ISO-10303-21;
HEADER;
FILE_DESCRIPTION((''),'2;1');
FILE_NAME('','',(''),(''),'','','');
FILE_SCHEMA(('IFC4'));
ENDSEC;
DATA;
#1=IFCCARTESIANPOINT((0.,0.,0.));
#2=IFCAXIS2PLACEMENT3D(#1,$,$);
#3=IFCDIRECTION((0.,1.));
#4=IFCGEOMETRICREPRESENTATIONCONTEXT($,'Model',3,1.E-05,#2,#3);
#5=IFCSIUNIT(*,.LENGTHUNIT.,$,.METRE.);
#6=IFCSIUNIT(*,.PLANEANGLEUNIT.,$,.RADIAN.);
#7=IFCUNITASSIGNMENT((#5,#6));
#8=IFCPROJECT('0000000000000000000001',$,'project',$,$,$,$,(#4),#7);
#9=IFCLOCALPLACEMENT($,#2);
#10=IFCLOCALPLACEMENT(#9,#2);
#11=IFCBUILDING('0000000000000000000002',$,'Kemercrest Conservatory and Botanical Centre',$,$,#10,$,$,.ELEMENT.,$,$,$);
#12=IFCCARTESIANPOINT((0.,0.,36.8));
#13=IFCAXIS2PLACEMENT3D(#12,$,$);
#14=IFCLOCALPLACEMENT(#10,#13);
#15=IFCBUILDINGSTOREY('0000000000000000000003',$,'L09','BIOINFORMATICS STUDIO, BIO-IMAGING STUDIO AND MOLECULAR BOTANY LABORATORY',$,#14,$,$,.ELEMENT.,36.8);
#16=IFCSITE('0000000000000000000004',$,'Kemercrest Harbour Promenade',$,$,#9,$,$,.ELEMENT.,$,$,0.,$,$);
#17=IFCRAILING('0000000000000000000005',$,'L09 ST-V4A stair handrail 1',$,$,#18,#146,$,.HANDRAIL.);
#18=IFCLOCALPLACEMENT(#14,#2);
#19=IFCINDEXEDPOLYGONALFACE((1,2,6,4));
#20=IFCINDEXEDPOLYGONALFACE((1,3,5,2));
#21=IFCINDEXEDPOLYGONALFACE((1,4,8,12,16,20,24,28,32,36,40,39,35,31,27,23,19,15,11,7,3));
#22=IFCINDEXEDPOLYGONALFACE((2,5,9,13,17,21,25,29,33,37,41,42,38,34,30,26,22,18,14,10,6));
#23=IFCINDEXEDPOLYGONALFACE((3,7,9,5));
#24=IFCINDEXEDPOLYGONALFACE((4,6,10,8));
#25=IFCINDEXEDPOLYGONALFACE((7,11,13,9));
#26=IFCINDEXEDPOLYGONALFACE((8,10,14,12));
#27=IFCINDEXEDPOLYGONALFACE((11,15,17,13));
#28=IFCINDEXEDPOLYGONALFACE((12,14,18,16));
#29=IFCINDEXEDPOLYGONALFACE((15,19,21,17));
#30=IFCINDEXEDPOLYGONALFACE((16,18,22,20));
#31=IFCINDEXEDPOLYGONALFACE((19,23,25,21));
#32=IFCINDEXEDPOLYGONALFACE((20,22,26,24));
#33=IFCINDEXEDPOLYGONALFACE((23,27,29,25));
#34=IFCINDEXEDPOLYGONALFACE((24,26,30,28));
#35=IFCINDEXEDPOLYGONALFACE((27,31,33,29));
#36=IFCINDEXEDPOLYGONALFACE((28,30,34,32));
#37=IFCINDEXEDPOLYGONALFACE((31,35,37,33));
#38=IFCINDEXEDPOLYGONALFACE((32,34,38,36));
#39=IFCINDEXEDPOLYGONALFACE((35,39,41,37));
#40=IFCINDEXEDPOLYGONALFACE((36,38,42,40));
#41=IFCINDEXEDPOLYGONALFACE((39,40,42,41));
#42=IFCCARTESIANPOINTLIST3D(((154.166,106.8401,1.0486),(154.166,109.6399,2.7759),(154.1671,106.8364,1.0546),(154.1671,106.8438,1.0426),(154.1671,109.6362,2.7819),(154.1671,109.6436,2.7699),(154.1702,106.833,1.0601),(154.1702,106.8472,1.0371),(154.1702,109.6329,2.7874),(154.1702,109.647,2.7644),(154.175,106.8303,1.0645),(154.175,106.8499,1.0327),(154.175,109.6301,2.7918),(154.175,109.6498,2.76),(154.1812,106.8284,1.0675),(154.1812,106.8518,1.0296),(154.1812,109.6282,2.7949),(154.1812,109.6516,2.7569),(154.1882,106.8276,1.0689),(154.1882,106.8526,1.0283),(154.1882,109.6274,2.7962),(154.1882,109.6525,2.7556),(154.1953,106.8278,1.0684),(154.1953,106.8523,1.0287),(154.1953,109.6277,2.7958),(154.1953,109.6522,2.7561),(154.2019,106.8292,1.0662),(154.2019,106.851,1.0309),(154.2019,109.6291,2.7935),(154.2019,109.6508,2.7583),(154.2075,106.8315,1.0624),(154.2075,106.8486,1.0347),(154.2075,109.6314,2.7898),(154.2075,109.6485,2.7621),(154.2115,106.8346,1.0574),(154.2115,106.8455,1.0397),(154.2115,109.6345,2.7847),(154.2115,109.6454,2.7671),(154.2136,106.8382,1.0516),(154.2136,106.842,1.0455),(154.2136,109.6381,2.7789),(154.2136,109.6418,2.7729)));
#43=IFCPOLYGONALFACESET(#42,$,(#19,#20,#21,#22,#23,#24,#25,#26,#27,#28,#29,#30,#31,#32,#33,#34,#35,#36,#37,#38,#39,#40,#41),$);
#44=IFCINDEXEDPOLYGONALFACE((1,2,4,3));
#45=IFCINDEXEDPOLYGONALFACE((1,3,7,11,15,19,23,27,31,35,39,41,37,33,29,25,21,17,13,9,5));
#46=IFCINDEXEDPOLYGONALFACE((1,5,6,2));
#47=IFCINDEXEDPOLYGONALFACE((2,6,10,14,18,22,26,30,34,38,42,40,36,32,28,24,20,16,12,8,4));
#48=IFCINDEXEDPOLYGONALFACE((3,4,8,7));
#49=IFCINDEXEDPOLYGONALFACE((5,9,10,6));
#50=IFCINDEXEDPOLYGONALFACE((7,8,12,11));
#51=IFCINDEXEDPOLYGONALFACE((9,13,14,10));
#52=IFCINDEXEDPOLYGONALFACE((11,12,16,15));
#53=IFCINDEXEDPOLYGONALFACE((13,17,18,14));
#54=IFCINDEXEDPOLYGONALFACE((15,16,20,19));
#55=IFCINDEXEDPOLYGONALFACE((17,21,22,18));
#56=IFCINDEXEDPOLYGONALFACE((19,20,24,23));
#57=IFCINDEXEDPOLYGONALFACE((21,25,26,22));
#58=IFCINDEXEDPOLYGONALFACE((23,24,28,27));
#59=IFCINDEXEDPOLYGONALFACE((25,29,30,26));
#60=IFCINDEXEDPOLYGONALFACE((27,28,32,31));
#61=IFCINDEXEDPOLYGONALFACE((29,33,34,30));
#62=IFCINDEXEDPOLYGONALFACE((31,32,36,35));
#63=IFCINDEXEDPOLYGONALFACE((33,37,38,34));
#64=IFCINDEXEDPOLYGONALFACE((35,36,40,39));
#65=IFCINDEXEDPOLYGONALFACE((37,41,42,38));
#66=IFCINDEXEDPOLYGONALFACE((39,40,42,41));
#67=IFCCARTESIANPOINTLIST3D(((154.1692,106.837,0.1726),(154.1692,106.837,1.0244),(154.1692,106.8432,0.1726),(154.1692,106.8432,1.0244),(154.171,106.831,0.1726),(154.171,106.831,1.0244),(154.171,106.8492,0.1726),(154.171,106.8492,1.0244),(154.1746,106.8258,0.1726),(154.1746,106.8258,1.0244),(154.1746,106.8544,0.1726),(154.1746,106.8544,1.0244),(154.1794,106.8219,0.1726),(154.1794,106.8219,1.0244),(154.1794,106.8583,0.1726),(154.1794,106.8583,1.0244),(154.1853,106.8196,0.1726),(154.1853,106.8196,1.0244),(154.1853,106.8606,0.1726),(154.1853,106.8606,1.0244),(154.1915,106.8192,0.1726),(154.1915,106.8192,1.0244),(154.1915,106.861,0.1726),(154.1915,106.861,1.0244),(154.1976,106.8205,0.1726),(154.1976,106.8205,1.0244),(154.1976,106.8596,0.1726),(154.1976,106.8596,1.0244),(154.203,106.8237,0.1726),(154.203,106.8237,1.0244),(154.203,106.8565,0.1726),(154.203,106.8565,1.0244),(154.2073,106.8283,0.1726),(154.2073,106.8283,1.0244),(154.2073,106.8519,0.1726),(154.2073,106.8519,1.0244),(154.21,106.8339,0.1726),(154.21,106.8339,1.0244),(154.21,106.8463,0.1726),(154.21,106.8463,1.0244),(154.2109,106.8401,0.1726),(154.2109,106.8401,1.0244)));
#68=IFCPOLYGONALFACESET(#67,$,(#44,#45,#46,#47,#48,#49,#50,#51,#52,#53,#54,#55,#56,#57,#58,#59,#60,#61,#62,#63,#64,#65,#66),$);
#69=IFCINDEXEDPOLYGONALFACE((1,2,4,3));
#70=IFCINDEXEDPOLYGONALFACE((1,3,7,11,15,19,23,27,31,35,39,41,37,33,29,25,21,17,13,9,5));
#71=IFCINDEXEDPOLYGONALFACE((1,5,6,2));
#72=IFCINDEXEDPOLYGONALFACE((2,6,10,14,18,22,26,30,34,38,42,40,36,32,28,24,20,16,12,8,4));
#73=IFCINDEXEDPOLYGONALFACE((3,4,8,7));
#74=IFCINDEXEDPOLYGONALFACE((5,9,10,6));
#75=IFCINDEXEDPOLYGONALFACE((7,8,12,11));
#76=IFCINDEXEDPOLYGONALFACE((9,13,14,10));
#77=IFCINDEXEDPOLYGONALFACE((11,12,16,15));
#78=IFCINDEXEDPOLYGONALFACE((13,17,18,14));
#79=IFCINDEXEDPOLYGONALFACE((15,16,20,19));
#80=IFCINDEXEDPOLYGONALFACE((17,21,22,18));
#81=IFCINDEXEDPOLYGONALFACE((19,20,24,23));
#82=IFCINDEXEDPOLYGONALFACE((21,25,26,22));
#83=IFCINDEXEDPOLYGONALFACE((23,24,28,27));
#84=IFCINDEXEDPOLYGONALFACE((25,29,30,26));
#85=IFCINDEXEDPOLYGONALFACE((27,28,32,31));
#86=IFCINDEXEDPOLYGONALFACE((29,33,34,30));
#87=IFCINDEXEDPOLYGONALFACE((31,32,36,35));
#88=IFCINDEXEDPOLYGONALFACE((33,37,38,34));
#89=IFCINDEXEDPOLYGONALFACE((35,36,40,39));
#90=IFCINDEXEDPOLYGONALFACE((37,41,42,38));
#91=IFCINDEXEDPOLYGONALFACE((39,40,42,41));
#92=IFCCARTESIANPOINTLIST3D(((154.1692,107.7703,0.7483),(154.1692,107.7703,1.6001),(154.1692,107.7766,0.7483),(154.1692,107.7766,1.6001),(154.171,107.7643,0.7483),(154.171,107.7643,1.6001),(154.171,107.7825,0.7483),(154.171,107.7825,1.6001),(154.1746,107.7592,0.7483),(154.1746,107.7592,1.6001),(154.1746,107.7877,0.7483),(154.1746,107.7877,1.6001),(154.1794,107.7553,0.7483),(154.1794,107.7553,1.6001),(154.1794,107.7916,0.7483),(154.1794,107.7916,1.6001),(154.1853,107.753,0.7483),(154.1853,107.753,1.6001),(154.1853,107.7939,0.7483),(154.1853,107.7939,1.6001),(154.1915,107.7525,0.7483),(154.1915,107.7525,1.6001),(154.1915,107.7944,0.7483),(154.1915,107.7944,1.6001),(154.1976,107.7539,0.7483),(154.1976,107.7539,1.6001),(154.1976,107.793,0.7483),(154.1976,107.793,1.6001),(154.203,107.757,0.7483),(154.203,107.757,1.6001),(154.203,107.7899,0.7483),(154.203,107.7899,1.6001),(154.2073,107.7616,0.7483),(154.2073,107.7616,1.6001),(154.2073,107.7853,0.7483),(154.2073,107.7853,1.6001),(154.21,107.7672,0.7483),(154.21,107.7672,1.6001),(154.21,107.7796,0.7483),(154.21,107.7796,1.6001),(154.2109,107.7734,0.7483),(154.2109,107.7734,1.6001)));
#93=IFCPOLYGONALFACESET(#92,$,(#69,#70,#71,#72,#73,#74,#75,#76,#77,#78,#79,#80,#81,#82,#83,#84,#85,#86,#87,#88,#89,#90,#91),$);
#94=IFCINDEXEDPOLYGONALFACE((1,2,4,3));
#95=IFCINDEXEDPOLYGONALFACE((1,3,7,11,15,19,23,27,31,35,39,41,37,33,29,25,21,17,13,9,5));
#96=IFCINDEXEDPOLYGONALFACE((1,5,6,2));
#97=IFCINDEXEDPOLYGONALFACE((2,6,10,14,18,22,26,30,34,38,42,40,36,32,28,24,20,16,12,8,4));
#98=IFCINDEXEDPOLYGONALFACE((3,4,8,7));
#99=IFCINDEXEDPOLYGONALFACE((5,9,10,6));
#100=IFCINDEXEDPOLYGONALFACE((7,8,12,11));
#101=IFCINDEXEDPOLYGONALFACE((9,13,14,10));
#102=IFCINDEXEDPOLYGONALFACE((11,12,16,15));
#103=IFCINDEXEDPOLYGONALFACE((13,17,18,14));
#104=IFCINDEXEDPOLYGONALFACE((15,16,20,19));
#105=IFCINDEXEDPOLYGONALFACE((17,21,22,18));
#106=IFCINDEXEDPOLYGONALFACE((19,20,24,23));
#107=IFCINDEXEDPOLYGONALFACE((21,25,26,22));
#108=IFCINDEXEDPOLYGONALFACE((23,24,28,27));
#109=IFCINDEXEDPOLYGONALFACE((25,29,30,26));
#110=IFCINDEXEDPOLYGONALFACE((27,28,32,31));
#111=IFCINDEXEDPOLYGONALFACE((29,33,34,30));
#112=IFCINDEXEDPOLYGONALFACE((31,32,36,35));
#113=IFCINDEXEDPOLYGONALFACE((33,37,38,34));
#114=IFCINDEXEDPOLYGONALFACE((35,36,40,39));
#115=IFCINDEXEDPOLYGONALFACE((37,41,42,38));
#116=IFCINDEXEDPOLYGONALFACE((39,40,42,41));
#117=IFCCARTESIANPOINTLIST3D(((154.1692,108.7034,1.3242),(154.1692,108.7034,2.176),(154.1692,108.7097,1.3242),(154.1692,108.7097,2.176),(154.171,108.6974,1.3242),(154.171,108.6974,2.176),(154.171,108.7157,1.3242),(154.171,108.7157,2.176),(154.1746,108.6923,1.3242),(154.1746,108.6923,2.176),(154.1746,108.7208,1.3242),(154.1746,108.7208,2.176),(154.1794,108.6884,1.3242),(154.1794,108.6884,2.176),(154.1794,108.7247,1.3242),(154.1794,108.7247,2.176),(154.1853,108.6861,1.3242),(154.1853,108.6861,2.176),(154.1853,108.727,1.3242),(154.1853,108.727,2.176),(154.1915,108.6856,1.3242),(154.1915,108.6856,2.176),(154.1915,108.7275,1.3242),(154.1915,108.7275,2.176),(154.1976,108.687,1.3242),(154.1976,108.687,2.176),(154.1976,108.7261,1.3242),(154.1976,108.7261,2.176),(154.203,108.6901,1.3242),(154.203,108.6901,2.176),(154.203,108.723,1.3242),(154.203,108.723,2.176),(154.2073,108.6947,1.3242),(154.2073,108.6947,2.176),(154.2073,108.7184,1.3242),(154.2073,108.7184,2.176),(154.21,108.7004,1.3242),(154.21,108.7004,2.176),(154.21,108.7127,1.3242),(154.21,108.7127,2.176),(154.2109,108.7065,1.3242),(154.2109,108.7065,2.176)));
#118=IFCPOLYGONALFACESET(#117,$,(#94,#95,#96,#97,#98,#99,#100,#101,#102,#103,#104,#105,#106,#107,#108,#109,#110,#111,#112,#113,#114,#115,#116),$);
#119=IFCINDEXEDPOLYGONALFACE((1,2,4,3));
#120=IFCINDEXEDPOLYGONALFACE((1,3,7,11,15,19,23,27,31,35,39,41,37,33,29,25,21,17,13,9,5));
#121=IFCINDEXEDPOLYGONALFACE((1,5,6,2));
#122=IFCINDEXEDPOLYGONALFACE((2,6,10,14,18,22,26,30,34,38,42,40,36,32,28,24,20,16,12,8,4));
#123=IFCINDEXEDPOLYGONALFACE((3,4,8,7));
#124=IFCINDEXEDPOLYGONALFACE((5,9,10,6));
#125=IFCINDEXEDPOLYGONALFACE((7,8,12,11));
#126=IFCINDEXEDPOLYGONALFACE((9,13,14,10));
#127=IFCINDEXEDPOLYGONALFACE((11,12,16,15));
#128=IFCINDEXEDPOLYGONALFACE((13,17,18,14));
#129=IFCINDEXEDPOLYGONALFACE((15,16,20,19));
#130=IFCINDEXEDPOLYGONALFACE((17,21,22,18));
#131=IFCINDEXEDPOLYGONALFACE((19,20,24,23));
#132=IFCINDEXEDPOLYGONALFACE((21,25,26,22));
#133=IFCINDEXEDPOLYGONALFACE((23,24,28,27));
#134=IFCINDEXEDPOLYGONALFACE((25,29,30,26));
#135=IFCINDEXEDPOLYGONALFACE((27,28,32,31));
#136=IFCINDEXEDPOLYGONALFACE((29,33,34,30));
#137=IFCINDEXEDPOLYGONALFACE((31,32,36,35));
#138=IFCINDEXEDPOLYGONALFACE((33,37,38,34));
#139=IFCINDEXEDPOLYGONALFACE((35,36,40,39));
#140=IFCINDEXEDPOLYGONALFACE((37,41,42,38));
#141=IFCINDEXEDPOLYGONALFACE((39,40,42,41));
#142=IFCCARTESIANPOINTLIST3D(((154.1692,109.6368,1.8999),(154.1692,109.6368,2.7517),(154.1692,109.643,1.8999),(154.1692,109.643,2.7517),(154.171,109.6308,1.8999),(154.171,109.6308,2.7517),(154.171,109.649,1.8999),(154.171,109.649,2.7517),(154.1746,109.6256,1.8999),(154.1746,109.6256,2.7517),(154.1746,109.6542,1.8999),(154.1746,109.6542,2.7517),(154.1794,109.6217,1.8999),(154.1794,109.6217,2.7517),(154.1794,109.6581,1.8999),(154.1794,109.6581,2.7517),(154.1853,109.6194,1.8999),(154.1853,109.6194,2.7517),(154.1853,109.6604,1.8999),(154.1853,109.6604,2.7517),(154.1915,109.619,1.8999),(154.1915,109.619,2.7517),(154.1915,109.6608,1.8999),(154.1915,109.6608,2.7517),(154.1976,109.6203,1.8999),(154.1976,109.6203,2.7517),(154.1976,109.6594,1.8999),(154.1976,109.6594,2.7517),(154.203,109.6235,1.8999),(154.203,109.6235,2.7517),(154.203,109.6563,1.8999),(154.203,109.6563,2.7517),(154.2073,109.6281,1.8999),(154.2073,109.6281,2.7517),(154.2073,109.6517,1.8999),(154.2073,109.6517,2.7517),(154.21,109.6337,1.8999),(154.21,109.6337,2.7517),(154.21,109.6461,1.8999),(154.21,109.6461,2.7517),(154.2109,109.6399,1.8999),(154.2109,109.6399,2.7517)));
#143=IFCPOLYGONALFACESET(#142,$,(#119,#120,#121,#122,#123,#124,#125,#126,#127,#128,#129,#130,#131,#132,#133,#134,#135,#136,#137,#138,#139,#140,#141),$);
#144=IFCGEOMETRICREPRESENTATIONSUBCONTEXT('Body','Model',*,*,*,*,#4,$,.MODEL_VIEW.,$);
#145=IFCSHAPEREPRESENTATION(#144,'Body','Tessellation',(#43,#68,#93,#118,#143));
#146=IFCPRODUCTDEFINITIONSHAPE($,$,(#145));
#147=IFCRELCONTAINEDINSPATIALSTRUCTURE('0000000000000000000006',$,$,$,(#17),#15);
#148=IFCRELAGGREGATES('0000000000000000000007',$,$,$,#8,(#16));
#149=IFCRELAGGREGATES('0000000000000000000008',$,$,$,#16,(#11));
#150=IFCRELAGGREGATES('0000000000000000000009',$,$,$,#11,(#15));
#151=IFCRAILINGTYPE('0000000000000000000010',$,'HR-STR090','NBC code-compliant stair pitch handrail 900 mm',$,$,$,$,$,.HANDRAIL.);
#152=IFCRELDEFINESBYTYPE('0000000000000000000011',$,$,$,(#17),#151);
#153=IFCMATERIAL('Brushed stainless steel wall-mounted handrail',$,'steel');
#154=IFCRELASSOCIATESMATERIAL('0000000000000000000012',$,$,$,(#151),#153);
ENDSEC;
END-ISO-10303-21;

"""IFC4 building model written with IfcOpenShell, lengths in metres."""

from ifc_helpers import new_model, si_unit, direction, frame, origin, origin_2d, place, context, subcontext, project, spatial, circle, extrude, material, type_object, element, save


model = new_model("IFC4")

# Units and contexts
model_context = context("Model", 3, precision=1e-05, world=origin(), true_north=direction((0.0, 1.0)))
body_context = subcontext(model_context, "Body", "Model", "MODEL_VIEW")
ifc_project = project(units=[si_unit("LENGTHUNIT", "METRE"), si_unit("PLANEANGLEUNIT", "RADIAN")], contexts=[model_context])

# Site, building, storey
site_placement = place(None, origin())
site = spatial("IfcSite", under=ifc_project, at=site_placement, Name="Kemercrest Harbour Promenade", CompositionType="ELEMENT", RefElevation=0.0)
building_placement = place(site_placement, origin())
building = spatial("IfcBuilding", under=site, at=building_placement, Name="Kemercrest Conservatory and Botanical Centre", CompositionType="ELEMENT")
storey_placement = place(building_placement, frame((0.0, 0.0, 36.8)))
storey = spatial("IfcBuildingStorey", under=building, at=storey_placement, Name="L09", Description="BIOINFORMATICS STUDIO, BIO-IMAGING STUDIO AND MOLECULAR BOTANY LABORATORY", CompositionType="ELEMENT", Elevation=36.8)

# Railing
ifc_material_1 = material(Name="Brushed stainless steel wall-mounted handrail", Category="steel")
railing_type_1 = type_object("IfcRailingType", Name="HR-STR090", Description="NBC code-compliant stair pitch handrail 900 mm", PredefinedType="HANDRAIL", material=ifc_material_1)
railing_1_placement = place(storey_placement, frame((154.1899, 106.8401, 0.1726)))
element("IfcRailing", 1, at=railing_1_placement, inside=storey, type_object=railing_type_1, Name="L09 ST-V4A stair handrail 1", PredefinedType="HANDRAIL", context=body_context, shape_type="SweptSolid", body=[
    extrude(circle(Radius=0.0239, at=origin_2d()), frame((0.0, 0.0, 0.876), z_axis=(0.0, 0.851069, 0.525054), x_axis=(-1.0, 0.0, 0.0)), (0.0, 0.0, 1.0), 3.2898),
    extrude(circle(Radius=0.021, at=origin_2d()), origin(), (0.0, 0.0, 1.0), 0.8518),
    extrude(circle(Radius=0.021, at=origin_2d()), frame((0.0, 0.9333, 0.5757)), (0.0, 0.0, 1.0), 0.8518),
    extrude(circle(Radius=0.021, at=origin_2d()), frame((0.0, 1.8665, 1.1516)), (0.0, 0.0, 1.0), 0.8518),
    extrude(circle(Radius=0.021, at=origin_2d()), frame((0.0, 2.7998, 1.7273)), (0.0, 0.0, 1.0), 0.8518),
])

save(model, "model.ifc")
